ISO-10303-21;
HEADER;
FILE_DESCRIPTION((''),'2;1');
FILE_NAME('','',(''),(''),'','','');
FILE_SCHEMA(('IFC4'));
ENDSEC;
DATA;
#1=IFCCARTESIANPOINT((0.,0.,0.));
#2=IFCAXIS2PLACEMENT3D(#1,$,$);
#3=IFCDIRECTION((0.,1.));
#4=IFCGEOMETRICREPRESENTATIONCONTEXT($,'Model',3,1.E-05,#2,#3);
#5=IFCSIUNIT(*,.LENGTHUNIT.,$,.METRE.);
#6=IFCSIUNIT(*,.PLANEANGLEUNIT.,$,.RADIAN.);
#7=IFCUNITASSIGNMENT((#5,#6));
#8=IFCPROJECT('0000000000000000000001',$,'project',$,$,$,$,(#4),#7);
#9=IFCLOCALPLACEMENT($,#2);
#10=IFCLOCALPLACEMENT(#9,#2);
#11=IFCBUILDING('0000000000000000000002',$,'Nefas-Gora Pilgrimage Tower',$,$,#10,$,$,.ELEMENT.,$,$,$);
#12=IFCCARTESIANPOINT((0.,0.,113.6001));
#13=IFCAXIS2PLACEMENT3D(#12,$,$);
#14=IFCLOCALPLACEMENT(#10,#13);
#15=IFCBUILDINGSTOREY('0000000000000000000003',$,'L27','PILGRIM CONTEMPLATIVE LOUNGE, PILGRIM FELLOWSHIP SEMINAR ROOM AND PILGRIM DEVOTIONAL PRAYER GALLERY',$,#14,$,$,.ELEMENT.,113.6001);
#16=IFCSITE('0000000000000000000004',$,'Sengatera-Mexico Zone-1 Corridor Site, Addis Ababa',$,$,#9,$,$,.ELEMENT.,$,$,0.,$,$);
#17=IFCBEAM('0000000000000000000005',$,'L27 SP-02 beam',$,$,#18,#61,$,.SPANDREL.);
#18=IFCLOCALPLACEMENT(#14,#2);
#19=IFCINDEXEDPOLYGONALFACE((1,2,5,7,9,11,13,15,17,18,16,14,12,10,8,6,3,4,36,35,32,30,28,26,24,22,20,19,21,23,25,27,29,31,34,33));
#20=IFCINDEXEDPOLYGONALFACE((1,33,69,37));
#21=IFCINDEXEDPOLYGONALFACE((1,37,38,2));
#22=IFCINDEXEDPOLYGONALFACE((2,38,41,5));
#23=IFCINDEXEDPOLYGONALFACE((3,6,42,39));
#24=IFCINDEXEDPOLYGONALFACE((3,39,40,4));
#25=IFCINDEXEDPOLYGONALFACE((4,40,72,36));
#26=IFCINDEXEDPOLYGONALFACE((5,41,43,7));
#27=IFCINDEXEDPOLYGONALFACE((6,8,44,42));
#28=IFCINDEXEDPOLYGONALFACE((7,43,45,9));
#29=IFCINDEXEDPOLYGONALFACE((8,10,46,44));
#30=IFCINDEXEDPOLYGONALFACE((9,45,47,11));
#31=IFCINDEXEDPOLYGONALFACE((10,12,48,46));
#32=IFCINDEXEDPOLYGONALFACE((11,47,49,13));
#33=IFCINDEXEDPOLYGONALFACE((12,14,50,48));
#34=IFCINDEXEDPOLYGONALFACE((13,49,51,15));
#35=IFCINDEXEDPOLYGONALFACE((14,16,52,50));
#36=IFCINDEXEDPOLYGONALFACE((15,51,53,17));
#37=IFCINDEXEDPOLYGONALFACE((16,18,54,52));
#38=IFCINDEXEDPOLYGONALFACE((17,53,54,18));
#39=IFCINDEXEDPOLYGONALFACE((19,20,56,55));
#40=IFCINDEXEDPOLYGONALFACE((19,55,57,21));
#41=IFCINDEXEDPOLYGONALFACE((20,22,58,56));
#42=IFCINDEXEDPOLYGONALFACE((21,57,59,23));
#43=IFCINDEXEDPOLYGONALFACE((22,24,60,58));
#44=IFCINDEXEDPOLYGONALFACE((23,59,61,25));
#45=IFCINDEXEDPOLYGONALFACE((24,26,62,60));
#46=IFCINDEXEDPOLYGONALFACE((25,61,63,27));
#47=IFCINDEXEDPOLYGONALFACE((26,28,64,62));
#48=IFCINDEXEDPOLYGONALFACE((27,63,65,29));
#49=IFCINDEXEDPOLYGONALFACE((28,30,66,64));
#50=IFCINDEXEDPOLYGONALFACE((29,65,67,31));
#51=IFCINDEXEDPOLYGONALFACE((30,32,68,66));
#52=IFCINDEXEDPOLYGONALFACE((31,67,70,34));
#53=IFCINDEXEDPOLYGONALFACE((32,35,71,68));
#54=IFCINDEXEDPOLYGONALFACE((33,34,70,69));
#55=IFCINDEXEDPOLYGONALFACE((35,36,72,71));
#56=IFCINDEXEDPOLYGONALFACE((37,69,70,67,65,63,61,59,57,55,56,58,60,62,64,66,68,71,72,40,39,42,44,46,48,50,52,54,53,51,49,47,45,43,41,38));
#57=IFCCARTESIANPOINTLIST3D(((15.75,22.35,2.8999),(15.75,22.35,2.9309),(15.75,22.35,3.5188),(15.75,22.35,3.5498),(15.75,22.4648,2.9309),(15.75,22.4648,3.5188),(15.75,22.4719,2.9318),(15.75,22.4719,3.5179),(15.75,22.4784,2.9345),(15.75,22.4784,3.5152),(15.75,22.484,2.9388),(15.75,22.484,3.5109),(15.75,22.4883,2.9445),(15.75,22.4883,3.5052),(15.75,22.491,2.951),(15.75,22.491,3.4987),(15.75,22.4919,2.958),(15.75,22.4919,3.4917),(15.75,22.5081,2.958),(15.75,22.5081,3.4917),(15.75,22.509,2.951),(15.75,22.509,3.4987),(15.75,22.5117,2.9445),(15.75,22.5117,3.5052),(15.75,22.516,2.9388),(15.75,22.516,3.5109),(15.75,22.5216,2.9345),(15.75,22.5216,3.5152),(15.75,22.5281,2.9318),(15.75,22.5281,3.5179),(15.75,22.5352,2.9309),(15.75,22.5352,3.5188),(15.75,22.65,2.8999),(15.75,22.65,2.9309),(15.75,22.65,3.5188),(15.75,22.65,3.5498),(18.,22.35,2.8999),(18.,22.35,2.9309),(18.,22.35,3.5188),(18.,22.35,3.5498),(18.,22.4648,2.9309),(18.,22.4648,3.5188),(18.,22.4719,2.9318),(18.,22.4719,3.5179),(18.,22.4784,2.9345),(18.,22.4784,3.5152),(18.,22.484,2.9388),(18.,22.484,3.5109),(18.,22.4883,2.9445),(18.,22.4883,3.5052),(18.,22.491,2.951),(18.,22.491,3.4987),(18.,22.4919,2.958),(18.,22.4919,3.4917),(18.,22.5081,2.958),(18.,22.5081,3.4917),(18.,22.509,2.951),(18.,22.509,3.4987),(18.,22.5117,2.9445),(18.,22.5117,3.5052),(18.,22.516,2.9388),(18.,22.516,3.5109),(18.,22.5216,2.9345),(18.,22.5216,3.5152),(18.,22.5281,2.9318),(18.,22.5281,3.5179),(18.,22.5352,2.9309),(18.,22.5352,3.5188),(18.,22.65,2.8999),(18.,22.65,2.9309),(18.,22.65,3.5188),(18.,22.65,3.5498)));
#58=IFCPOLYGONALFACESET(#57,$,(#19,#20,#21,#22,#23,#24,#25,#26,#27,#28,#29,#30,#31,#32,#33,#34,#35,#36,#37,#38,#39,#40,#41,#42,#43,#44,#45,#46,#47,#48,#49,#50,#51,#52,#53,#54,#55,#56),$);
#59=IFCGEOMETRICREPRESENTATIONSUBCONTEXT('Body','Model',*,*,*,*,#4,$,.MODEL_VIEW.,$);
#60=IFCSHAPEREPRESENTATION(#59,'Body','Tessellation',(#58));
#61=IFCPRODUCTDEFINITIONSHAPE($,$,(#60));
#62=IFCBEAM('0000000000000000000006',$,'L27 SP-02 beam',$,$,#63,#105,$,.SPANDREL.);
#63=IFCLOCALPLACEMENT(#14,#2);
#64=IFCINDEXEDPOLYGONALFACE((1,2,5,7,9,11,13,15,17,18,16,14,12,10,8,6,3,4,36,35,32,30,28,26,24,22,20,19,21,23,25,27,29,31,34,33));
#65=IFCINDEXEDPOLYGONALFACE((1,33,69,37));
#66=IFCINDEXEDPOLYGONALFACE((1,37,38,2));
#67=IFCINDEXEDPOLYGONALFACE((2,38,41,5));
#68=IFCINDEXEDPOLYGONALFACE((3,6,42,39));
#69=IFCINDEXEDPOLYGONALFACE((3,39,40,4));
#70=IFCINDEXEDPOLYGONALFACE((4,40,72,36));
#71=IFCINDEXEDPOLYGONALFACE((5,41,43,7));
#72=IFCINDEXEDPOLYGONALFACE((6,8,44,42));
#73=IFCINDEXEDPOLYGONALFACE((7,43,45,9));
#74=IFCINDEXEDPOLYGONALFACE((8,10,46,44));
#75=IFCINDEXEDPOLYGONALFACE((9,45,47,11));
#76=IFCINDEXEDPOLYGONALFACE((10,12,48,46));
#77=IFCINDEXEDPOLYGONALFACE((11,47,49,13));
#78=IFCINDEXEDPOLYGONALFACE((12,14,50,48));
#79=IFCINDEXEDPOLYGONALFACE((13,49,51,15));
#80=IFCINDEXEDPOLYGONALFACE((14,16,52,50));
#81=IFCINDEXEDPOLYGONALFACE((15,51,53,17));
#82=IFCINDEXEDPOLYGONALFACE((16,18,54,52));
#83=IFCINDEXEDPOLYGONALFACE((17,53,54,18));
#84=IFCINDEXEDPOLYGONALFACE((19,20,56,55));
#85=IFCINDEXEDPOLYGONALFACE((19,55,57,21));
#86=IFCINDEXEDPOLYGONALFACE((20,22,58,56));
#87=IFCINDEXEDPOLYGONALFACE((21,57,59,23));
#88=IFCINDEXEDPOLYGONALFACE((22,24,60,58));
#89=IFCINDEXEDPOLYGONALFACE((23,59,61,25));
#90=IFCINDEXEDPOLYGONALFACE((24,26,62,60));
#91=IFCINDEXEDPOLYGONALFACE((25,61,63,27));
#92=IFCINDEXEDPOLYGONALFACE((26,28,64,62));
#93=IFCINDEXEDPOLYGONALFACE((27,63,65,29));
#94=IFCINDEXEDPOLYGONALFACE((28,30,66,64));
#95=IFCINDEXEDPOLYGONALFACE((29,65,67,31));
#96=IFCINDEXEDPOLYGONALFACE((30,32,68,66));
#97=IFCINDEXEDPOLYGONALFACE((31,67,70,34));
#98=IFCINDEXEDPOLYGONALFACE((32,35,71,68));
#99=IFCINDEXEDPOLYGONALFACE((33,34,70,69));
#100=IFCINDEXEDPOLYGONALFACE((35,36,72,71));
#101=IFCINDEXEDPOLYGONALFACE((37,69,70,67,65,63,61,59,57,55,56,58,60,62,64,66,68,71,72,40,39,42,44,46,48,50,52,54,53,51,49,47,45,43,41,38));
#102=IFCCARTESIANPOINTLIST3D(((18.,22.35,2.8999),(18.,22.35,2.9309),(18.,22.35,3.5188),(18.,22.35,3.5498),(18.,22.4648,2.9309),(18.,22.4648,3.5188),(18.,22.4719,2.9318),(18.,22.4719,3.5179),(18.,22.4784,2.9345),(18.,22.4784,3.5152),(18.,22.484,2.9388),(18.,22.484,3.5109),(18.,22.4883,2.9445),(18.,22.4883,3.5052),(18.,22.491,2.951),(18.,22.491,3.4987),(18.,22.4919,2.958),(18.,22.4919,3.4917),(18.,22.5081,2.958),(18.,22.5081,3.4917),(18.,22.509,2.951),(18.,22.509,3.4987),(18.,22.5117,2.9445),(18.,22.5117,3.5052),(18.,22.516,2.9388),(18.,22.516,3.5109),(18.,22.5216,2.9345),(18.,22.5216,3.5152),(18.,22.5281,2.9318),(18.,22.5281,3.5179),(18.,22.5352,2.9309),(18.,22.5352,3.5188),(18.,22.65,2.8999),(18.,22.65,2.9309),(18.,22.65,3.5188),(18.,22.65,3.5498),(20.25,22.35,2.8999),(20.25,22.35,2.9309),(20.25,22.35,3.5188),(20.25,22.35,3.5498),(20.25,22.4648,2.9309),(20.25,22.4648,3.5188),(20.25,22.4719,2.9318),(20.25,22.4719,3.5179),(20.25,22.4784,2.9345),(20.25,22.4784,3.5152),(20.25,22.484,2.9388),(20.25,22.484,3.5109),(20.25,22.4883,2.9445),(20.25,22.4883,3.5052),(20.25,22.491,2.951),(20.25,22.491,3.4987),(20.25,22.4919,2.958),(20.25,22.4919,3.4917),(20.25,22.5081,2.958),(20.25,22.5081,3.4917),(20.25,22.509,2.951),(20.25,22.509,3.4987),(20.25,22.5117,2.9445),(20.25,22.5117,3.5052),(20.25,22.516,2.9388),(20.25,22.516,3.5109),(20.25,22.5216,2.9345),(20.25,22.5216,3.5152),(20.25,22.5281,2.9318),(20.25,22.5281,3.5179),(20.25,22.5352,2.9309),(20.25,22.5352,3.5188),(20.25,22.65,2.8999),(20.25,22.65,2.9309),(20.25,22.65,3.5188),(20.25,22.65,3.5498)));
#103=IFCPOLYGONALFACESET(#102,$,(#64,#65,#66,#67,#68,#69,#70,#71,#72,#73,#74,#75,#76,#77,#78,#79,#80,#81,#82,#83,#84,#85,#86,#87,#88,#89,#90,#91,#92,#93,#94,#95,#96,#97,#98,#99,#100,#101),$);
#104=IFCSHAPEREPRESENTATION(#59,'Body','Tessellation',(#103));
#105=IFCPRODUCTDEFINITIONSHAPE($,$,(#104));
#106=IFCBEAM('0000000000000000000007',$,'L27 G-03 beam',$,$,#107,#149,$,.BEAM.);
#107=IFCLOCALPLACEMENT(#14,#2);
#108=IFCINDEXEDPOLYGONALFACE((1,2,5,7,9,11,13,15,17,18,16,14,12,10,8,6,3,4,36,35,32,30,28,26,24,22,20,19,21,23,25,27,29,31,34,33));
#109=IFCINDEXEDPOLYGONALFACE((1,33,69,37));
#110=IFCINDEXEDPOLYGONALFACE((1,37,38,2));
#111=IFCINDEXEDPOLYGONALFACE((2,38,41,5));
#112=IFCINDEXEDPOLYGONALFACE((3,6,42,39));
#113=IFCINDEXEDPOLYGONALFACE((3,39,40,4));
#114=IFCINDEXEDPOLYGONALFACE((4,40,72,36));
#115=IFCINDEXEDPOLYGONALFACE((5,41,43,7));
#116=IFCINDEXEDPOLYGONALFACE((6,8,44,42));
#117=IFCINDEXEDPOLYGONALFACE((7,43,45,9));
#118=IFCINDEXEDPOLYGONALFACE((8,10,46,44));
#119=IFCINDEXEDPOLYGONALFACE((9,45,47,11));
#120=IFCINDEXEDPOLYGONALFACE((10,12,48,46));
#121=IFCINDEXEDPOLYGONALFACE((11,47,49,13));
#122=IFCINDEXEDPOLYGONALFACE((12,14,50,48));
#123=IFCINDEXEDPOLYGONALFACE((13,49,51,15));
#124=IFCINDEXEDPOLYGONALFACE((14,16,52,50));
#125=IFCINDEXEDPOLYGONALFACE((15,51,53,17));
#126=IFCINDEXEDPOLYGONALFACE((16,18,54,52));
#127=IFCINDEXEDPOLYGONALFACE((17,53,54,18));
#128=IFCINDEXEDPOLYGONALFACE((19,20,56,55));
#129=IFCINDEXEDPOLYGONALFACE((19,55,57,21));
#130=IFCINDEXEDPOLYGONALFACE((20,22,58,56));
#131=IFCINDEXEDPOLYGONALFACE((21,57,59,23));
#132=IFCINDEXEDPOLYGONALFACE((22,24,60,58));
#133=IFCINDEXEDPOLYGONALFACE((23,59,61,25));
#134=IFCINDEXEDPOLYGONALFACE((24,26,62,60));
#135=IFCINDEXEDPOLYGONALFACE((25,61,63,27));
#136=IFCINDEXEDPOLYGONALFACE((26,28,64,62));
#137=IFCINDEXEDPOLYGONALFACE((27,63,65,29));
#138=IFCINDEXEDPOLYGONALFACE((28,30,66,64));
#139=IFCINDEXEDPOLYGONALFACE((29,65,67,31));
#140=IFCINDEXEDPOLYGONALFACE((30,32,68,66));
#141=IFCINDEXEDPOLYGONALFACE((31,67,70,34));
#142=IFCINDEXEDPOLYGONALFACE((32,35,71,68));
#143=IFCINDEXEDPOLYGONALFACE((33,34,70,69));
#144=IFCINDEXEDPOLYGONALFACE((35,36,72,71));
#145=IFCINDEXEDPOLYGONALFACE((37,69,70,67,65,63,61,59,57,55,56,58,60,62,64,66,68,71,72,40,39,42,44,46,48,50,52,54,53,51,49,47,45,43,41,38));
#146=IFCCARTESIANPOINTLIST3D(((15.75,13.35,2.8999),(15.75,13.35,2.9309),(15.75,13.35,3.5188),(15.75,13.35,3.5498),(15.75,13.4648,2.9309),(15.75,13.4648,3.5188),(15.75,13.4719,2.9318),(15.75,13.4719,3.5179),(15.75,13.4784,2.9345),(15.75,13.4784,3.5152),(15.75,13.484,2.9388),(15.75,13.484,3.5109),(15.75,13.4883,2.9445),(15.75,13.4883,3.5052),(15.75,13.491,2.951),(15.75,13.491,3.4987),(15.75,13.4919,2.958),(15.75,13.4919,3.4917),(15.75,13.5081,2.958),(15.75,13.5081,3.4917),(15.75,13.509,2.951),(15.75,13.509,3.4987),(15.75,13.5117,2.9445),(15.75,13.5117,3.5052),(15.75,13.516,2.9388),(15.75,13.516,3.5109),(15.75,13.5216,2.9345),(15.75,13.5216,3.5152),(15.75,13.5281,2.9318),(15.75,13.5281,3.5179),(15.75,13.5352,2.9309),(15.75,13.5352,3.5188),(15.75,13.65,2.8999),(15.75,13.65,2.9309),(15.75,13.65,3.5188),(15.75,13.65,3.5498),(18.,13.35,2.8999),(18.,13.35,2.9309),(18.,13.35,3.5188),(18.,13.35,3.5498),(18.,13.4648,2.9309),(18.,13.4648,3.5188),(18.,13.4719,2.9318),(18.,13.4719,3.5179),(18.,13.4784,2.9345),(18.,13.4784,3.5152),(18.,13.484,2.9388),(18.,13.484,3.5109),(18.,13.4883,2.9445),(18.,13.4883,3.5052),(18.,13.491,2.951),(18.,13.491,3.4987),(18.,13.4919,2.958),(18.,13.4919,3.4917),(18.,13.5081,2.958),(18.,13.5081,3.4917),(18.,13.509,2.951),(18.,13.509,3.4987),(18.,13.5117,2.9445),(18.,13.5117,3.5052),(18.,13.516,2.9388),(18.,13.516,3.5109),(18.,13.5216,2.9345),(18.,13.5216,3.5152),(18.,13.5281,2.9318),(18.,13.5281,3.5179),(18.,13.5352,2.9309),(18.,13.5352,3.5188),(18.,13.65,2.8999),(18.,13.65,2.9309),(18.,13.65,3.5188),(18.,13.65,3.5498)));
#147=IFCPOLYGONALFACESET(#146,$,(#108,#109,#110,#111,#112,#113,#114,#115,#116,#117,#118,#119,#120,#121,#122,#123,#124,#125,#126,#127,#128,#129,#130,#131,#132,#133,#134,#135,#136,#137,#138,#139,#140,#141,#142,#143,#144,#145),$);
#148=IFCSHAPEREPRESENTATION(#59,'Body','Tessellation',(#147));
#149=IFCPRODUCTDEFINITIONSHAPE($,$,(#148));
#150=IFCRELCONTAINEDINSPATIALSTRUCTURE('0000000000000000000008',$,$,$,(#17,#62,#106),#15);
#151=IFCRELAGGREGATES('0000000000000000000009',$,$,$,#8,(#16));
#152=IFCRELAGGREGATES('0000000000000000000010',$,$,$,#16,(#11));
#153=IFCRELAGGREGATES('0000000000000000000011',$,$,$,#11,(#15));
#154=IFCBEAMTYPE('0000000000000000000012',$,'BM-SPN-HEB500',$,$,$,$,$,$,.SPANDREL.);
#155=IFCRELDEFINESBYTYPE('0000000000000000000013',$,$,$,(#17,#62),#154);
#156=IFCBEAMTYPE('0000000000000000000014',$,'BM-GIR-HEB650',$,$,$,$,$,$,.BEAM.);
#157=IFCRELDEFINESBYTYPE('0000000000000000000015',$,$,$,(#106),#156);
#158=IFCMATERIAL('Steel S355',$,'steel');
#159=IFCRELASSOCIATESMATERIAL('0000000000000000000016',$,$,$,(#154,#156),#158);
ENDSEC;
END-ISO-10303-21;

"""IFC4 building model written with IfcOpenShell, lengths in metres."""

from ifc_helpers import new_model, si_unit, direction, frame, origin, origin_2d, place, context, subcontext, project, spatial, i_section, extrude, source, transform, mapped, material, material_profile, profile_set, type_object, element, save


model = new_model("IFC4")

# Units and contexts
model_context = context("Model", 3, precision=1e-05, world=origin(), true_north=direction((0.0, 1.0)))
body_context = subcontext(model_context, "Body", "Model", "MODEL_VIEW")
ifc_project = project(units=[si_unit("LENGTHUNIT", "METRE"), si_unit("PLANEANGLEUNIT", "RADIAN")], contexts=[model_context])

# Site, building, storey
site_placement = place(None, origin())
site = spatial("IfcSite", under=ifc_project, at=site_placement, Name="Sengatera-Mexico Zone-1 Corridor Site, Addis Ababa", CompositionType="ELEMENT", RefElevation=0.0)
building_placement = place(site_placement, origin())
building = spatial("IfcBuilding", under=site, at=building_placement, Name="Nefas-Gora Pilgrimage Tower", CompositionType="ELEMENT")
storey_placement = place(building_placement, frame((0.0, 0.0, 113.6001)))
storey = spatial("IfcBuildingStorey", under=building, at=storey_placement, Name="L27", Description="PILGRIM CONTEMPLATIVE LOUNGE, PILGRIM FELLOWSHIP SEMINAR ROOM AND PILGRIM DEVOTIONAL PRAYER GALLERY", CompositionType="ELEMENT", Elevation=113.6001)

# Beams
ifc_material_1 = material(Name="Steel S355", Category="steel")
ifc_material_profile_1 = material_profile(ifc_material_1, i_section(OverallWidth=0.3, OverallDepth=0.6499, WebThickness=0.0161, FlangeThickness=0.031, FilletRadius=0.0271, at=origin_2d()), Name="HEB 650")
ifc_profile_set_1 = profile_set([ifc_material_profile_1], Name="Steel S355")
beam_type_1 = type_object("IfcBeamType", Name="BM-SPN-HEB500", PredefinedType="SPANDREL", material=ifc_profile_set_1)
ifc_material_profile_2 = material_profile(ifc_material_1, i_section(OverallWidth=0.3, OverallDepth=0.6499, WebThickness=0.0161, FlangeThickness=0.031, FilletRadius=0.0271, at=origin_2d()), Name="HEB 650")
ifc_profile_set_2 = profile_set([ifc_material_profile_2], Name="Steel S355")
beam_type_2 = type_object("IfcBeamType", Name="BM-GIR-HEB650", PredefinedType="BEAM", material=ifc_profile_set_2)
shared_shape_1 = source(origin(), body_context, "Body", "SweptSolid", [
    extrude(i_section(OverallWidth=0.3, OverallDepth=0.6499, WebThickness=0.0161, FlangeThickness=0.031, FilletRadius=0.0271, at=origin_2d()), origin(), (0.0, 0.0, 1.0), 2.25),
])
for number, where, z_axis, x_axis, name in (
    (1, (15.75, 22.5, 3.2249), (1.0, 0.0, 0.0), (0.0, 1.0, 0.0), "L27 SP-02 beam"),
    (2, (18.0, 22.5, 3.2249), (1.0, 0.0, 0.0), (0.0, 1.0, 0.0), "L27 SP-02 beam"),
):
    element("IfcBeam", number, at=place(storey_placement, frame(where, z_axis=z_axis, x_axis=x_axis)), inside=storey, type_object=beam_type_1, Name=name, PredefinedType="SPANDREL", context=body_context, shape_type="MappedRepresentation", body=[
        mapped(shared_shape_1, transform((0.0, 0.0, 0.0), x_axis=(1.0, 0.0, 0.0), y_axis=(0.0, 1.0, 0.0), z_axis=(0.0, 0.0, 1.0), scale=1.0)),
    ])
shared_shape_2 = source(origin(), body_context, "Body", "SweptSolid", [
    extrude(i_section(OverallWidth=0.3, OverallDepth=0.6499, WebThickness=0.0161, FlangeThickness=0.031, FilletRadius=0.0271, at=origin_2d()), origin(), (0.0, 0.0, 1.0), 2.25),
])
beam_1_placement = place(storey_placement, frame((15.75, 13.5, 3.2249), z_axis=(1.0, 0.0, 0.0), x_axis=(0.0, 1.0, 0.0)))
element("IfcBeam", 3, at=beam_1_placement, inside=storey, type_object=beam_type_2, Name="L27 G-03 beam", PredefinedType="BEAM", context=body_context, shape_type="MappedRepresentation", body=[
    mapped(shared_shape_2, transform((0.0, 0.0, 0.0), x_axis=(1.0, 0.0, 0.0), y_axis=(0.0, 1.0, 0.0), z_axis=(0.0, 0.0, 1.0), scale=1.0)),
])

save(model, "model.ifc")
